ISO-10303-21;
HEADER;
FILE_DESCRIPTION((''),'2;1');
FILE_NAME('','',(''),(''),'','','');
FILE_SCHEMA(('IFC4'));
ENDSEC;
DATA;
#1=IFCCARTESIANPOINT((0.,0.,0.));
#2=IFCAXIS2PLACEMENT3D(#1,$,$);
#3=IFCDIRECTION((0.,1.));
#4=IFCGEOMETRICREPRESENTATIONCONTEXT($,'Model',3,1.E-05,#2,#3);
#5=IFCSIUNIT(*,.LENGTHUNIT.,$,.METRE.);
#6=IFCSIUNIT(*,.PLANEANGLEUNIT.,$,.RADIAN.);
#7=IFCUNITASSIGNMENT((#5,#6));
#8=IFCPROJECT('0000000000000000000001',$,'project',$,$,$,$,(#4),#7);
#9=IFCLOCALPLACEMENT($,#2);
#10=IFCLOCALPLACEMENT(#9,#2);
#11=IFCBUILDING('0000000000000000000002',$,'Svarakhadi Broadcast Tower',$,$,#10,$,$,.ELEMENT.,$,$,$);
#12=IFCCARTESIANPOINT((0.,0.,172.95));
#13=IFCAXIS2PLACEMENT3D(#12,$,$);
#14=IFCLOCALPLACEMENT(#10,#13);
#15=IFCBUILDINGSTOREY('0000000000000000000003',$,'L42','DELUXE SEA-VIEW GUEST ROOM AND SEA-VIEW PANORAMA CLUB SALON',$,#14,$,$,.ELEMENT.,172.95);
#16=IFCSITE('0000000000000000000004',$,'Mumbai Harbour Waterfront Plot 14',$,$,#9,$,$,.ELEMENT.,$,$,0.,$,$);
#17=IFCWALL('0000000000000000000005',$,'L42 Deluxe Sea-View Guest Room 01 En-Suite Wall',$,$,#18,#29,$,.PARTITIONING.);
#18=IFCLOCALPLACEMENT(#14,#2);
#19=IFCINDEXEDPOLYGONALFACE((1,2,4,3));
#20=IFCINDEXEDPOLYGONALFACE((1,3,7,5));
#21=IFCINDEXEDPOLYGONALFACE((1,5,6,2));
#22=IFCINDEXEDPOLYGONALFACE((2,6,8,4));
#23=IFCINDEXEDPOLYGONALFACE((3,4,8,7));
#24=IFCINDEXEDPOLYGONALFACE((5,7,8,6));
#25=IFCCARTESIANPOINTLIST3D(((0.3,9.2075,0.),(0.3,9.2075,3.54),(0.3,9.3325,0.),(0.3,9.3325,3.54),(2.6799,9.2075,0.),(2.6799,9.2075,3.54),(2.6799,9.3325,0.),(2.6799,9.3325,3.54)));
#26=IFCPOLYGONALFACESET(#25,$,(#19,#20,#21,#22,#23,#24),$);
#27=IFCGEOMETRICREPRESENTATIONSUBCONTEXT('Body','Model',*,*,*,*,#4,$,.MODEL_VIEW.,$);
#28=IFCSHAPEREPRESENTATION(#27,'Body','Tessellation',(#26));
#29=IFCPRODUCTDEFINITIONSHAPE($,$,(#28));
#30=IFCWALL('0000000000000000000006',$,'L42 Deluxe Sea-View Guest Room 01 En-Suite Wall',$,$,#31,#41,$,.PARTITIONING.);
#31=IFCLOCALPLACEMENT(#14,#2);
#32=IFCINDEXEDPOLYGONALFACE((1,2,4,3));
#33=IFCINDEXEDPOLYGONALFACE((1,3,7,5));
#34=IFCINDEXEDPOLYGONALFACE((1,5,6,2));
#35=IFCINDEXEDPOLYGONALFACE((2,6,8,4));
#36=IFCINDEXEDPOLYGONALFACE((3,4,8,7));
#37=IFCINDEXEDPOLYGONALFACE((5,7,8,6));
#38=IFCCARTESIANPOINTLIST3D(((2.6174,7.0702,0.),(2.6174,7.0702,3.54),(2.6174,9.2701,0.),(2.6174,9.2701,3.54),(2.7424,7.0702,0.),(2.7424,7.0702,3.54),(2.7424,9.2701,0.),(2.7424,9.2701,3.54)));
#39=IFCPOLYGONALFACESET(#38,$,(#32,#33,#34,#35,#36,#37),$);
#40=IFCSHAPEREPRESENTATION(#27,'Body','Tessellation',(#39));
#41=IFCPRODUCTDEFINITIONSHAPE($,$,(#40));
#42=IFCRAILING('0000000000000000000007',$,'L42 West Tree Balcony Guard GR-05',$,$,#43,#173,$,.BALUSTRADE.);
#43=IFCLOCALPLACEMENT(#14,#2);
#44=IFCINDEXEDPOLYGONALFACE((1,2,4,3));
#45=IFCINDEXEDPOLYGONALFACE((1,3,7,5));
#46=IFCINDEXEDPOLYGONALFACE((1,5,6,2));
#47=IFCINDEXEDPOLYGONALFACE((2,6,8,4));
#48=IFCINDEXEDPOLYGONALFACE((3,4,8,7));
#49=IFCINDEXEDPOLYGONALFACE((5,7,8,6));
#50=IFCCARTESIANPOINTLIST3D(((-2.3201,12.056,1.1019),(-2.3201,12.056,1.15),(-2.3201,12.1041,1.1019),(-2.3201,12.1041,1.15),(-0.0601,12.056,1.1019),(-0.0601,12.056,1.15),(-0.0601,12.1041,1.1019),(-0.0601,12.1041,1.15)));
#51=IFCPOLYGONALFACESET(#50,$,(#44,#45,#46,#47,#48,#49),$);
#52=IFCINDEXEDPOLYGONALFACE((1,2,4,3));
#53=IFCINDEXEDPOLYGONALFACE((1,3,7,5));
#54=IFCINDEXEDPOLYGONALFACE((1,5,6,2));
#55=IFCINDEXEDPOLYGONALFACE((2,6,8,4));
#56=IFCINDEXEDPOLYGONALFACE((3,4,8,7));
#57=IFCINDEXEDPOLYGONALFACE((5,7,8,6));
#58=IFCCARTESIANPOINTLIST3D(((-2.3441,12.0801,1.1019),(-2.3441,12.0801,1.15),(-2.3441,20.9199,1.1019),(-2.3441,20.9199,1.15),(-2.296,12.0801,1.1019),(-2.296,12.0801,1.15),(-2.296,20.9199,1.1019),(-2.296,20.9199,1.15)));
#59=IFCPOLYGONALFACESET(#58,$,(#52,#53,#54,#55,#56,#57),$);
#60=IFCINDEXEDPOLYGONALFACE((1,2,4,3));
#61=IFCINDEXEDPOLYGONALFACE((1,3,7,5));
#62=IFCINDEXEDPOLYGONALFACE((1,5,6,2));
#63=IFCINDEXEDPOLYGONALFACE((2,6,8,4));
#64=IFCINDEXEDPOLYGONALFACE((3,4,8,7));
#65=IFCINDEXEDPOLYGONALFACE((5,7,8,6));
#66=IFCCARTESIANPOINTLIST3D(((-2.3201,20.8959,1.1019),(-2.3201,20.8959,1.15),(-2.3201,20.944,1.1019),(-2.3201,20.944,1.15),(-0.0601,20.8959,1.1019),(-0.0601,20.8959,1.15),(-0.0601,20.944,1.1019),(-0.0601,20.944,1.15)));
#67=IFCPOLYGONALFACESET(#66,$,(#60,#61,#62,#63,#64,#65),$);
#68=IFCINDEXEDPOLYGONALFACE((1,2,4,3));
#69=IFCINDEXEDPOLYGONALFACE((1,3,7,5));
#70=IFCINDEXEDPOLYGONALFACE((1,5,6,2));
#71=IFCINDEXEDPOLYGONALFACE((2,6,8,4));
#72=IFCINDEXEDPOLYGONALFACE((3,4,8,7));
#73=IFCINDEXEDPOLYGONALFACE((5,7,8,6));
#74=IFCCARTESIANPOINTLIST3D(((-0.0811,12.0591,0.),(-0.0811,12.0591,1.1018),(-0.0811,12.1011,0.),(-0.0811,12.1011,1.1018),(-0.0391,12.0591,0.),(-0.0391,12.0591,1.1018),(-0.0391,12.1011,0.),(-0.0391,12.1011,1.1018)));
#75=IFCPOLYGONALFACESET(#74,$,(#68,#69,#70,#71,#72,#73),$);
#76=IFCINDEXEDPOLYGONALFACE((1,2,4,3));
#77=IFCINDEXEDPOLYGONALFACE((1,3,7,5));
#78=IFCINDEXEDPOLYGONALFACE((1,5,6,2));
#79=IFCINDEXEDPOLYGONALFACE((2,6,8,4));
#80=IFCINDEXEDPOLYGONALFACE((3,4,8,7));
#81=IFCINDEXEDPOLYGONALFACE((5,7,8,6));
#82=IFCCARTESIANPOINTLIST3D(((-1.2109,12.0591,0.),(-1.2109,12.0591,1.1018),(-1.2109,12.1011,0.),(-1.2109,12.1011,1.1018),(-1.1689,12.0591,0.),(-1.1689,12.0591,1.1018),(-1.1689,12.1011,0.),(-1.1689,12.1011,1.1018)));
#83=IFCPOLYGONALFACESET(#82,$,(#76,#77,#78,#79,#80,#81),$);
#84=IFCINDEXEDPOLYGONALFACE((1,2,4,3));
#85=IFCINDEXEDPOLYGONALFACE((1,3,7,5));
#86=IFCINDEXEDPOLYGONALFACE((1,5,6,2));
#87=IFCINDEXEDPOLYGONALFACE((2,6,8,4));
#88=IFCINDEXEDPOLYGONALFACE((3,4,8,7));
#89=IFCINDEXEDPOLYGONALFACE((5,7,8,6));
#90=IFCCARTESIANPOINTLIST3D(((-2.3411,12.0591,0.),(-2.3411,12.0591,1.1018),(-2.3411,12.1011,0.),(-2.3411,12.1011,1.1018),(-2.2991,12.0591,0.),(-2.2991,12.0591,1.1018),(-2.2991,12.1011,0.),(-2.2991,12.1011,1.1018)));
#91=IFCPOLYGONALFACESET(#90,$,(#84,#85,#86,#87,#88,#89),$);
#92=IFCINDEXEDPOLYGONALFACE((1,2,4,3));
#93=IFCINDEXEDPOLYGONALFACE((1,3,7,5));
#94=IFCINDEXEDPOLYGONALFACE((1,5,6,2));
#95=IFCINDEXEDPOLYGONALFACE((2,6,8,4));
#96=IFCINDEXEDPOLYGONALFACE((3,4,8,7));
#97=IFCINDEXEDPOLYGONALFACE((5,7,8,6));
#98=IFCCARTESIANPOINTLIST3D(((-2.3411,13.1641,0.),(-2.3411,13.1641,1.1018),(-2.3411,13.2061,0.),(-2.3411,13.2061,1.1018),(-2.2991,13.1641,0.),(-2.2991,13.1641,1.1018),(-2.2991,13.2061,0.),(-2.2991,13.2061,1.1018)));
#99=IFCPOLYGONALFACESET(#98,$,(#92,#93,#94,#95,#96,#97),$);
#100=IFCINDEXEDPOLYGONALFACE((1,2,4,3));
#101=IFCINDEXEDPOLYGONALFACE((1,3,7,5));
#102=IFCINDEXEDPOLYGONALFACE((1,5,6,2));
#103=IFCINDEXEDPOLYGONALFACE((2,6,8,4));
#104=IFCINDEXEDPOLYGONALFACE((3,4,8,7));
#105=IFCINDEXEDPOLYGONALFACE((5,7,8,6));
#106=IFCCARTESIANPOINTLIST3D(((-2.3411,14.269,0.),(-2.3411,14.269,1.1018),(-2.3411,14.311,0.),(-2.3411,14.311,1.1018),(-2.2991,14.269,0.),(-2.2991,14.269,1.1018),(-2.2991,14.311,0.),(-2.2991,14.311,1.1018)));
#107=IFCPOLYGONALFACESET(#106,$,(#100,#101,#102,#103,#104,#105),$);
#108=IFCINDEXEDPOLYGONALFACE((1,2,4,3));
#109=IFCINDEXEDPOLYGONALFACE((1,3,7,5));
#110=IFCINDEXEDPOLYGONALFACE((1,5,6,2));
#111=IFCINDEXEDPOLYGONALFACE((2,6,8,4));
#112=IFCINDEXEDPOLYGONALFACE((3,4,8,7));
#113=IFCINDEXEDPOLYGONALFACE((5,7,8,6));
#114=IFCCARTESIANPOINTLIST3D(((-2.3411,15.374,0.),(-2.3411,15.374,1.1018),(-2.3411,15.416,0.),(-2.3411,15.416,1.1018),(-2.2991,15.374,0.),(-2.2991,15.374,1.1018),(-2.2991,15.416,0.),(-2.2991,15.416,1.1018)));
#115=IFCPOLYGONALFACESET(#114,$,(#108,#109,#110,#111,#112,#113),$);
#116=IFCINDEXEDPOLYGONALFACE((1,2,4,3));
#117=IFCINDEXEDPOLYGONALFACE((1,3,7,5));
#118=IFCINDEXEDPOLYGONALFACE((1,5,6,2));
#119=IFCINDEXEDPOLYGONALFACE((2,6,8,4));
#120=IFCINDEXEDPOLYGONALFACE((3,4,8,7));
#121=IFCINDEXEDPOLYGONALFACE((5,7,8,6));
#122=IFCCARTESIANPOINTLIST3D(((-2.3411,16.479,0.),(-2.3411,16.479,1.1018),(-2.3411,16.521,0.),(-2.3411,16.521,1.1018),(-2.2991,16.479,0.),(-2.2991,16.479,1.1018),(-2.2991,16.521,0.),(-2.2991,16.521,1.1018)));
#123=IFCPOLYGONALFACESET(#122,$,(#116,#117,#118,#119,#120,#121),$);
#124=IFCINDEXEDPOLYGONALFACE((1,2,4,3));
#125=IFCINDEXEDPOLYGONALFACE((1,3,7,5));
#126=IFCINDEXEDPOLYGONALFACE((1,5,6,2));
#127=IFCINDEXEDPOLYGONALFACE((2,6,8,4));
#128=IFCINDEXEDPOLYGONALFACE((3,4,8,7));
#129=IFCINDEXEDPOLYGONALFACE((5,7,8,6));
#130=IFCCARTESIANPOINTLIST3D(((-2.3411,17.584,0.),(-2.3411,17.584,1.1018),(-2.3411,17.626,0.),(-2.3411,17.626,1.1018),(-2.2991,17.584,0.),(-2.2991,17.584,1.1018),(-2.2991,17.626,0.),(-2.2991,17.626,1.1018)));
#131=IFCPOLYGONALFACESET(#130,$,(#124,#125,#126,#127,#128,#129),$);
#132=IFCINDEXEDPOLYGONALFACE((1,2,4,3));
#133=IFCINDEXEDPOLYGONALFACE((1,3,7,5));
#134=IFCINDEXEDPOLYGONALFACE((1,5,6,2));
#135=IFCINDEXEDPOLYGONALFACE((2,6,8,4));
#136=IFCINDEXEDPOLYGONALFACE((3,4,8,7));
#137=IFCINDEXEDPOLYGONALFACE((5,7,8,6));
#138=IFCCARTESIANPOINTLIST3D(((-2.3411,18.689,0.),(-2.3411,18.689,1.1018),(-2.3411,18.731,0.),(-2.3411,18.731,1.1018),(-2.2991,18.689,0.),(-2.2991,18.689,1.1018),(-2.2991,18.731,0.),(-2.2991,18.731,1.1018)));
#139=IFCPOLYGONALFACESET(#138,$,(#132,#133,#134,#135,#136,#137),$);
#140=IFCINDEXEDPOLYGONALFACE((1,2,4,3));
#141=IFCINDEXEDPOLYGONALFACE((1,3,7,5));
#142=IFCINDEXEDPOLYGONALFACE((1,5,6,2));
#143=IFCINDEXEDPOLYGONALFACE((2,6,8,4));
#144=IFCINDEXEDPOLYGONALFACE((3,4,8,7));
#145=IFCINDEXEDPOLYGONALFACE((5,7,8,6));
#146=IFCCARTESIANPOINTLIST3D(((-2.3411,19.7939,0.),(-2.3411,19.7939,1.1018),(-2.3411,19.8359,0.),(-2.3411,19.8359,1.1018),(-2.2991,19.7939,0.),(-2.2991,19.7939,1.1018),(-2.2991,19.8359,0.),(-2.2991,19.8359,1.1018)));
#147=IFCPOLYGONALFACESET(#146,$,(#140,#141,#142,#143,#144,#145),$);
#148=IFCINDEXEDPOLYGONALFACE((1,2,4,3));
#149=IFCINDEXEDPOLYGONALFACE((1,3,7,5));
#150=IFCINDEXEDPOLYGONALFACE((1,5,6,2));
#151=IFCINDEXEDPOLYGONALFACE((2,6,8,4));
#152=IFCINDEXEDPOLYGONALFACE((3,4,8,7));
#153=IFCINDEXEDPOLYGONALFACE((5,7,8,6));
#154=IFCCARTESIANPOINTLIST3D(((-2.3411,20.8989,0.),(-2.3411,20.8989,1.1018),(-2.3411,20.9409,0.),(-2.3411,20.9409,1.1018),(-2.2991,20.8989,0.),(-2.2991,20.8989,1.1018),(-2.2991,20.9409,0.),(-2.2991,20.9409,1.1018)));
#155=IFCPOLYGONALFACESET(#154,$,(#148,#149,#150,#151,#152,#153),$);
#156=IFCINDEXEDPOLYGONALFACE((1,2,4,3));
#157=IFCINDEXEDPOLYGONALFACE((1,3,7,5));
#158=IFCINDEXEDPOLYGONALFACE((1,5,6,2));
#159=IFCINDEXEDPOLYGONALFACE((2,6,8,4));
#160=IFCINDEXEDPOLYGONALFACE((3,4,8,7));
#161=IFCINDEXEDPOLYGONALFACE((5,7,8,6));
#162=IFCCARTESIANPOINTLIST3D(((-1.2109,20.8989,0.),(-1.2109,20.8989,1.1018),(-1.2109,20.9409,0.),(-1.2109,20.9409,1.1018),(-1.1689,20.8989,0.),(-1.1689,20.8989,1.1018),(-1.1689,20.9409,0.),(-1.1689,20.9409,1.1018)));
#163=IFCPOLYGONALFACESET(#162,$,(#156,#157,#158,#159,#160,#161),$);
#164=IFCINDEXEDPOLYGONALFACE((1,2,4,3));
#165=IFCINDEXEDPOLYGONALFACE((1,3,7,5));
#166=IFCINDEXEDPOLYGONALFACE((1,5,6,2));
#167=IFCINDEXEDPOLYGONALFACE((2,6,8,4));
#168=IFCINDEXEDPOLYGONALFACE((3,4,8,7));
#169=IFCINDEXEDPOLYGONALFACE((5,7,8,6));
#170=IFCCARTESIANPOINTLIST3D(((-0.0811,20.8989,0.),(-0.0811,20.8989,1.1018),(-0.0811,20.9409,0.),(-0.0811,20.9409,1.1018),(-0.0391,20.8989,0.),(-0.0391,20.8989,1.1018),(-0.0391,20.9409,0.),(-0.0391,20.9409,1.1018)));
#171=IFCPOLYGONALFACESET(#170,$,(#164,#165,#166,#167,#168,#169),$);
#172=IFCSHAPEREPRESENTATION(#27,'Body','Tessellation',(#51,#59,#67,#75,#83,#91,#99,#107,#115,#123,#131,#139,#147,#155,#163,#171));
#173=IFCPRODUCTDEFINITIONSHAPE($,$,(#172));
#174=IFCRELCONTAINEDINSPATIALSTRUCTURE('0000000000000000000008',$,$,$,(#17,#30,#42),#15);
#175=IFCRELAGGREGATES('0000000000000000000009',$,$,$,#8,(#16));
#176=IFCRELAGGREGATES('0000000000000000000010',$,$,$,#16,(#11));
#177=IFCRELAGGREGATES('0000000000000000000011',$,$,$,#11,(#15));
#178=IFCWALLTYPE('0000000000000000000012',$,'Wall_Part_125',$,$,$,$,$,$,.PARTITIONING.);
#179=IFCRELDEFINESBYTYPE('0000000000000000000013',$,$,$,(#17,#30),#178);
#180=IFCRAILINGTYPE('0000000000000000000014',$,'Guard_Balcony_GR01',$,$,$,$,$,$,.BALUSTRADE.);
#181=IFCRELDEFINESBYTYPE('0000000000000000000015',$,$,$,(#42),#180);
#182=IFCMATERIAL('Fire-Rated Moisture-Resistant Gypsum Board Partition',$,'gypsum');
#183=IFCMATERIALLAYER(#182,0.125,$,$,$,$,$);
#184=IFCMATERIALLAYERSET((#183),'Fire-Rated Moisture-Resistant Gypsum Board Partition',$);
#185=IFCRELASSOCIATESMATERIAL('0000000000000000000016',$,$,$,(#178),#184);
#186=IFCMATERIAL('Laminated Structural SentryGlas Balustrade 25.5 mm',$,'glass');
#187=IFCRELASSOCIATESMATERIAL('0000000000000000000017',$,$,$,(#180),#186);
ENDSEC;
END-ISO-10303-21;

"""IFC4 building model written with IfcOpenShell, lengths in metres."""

from ifc_helpers import new_model, si_unit, direction, frame, frame_2d, origin, origin_2d, place, context, subcontext, project, spatial, rectangle, extrude, material, layer, layer_set, type_object, element, save


model = new_model("IFC4")

# Units and contexts
model_context = context("Model", 3, precision=1e-05, world=origin(), true_north=direction((0.0, 1.0)))
body_context = subcontext(model_context, "Body", "Model", "MODEL_VIEW")
ifc_project = project(units=[si_unit("LENGTHUNIT", "METRE"), si_unit("PLANEANGLEUNIT", "RADIAN")], contexts=[model_context])

# Site, building, storey
site_placement = place(None, origin())
site = spatial("IfcSite", under=ifc_project, at=site_placement, Name="Mumbai Harbour Waterfront Plot 14", CompositionType="ELEMENT", RefElevation=0.0)
building_placement = place(site_placement, origin())
building = spatial("IfcBuilding", under=site, at=building_placement, Name="Svarakhadi Broadcast Tower", CompositionType="ELEMENT")
storey_placement = place(building_placement, frame((0.0, 0.0, 172.95)))
storey = spatial("IfcBuildingStorey", under=building, at=storey_placement, Name="L42", Description="DELUXE SEA-VIEW GUEST ROOM AND SEA-VIEW PANORAMA CLUB SALON", CompositionType="ELEMENT", Elevation=172.95)

# Shared definitions
ifc_material_1 = material(Name="Fire-Rated Moisture-Resistant Gypsum Board Partition", Category="gypsum")
ifc_layer_1 = layer(ifc_material_1, 0.125)
ifc_layer_set_1 = layer_set([ifc_layer_1], Name="Fire-Rated Moisture-Resistant Gypsum Board Partition")
wall_type_1 = type_object("IfcWallType", Name="Wall_Part_125", PredefinedType="PARTITIONING", material=ifc_layer_set_1)

# Walls
wall_1_placement = place(storey_placement, frame((0.3, 9.27, 0.0), z_axis=(0.0, 0.0, 1.0), x_axis=(1.0, 0.0, 0.0)))
element("IfcWall", 1, at=wall_1_placement, inside=storey, type_object=wall_type_1, Name="L42 Deluxe Sea-View Guest Room 01 En-Suite Wall", PredefinedType="PARTITIONING", context=body_context, shape_type="SweptSolid", body=[
    extrude(rectangle(XDim=2.3799, YDim=0.125, at=frame_2d((1.1899, 0.0))), origin(), (0.0, 0.0, 1.0), 3.54),
])
wall_2_placement = place(storey_placement, frame((2.6799, 7.0701, 0.0), z_axis=(0.0, 0.0, 1.0), x_axis=(0.0, 1.0, 0.0)))
element("IfcWall", 2, at=wall_2_placement, inside=storey, type_object=wall_type_1, Name="L42 Deluxe Sea-View Guest Room 01 En-Suite Wall", PredefinedType="PARTITIONING", context=body_context, shape_type="SweptSolid", body=[
    extrude(rectangle(XDim=2.2, YDim=0.125, at=frame_2d((1.1001, 0.0))), origin(), (0.0, 0.0, 1.0), 3.54),
])

# Railing
ifc_material_2 = material(Name="Laminated Structural SentryGlas Balustrade 25.5 mm", Category="glass")
railing_type = type_object("IfcRailingType", Name="Guard_Balcony_GR01", PredefinedType="BALUSTRADE", material=ifc_material_2)
railing_placement = place(storey_placement, frame((-0.0601, 12.0801, 0.0)))
element("IfcRailing", 3, at=railing_placement, inside=storey, type_object=railing_type, Name="L42 West Tree Balcony Guard GR-05", PredefinedType="BALUSTRADE", context=body_context, shape_type="SweptSolid", body=[
    extrude(rectangle(XDim=0.0481, YDim=0.0481, at=origin_2d()), frame((0.0, 0.0, 1.126), z_axis=(-1.0, 0.0, 0.0), x_axis=(0.0, -1.0, 0.0)), (0.0, 0.0, 1.0), 2.26),
    extrude(rectangle(XDim=0.0481, YDim=0.0481, at=origin_2d()), frame((-2.26, 0.0, 1.126), z_axis=(0.0, 1.0, 0.0), x_axis=(-1.0, 0.0, 0.0)), (0.0, 0.0, 1.0), 8.8398),
    extrude(rectangle(XDim=0.0481, YDim=0.0481, at=origin_2d()), frame((-2.26, 8.8398, 1.126), z_axis=(1.0, 0.0, 0.0), x_axis=(0.0, 1.0, 0.0)), (0.0, 0.0, 1.0), 2.26),
    extrude(rectangle(XDim=0.042, YDim=0.042, at=origin_2d()), origin(), (0.0, 0.0, 1.0), 1.1018),
    extrude(rectangle(XDim=0.042, YDim=0.042, at=origin_2d()), frame((-1.1299, 0.0, 0.0)), (0.0, 0.0, 1.0), 1.1018),
    extrude(rectangle(XDim=0.042, YDim=0.042, at=origin_2d()), frame((-2.26, 0.0, 0.0)), (0.0, 0.0, 1.0), 1.1018),
    extrude(rectangle(XDim=0.042, YDim=0.042, at=origin_2d()), frame((-2.26, 1.105, 0.0)), (0.0, 0.0, 1.0), 1.1018),
    extrude(rectangle(XDim=0.042, YDim=0.042, at=origin_2d()), frame((-2.26, 2.21, 0.0)), (0.0, 0.0, 1.0), 1.1018),
    extrude(rectangle(XDim=0.042, YDim=0.042, at=origin_2d()), frame((-2.26, 3.3149, 0.0)), (0.0, 0.0, 1.0), 1.1018),
    extrude(rectangle(XDim=0.042, YDim=0.042, at=origin_2d()), frame((-2.26, 4.4199, 0.0)), (0.0, 0.0, 1.0), 1.1018),
    extrude(rectangle(XDim=0.042, YDim=0.042, at=origin_2d()), frame((-2.26, 5.5249, 0.0)), (0.0, 0.0, 1.0), 1.1018),
    extrude(rectangle(XDim=0.042, YDim=0.042, at=origin_2d()), frame((-2.26, 6.6299, 0.0)), (0.0, 0.0, 1.0), 1.1018),
    extrude(rectangle(XDim=0.042, YDim=0.042, at=origin_2d()), frame((-2.26, 7.7349, 0.0)), (0.0, 0.0, 1.0), 1.1018),
    extrude(rectangle(XDim=0.042, YDim=0.042, at=origin_2d()), frame((-2.26, 8.8398, 0.0)), (0.0, 0.0, 1.0), 1.1018),
    extrude(rectangle(XDim=0.042, YDim=0.042, at=origin_2d()), frame((-1.1299, 8.8398, 0.0)), (0.0, 0.0, 1.0), 1.1018),
    extrude(rectangle(XDim=0.042, YDim=0.042, at=origin_2d()), frame((0.0, 8.8398, 0.0)), (0.0, 0.0, 1.0), 1.1018),
])

save(model, "model.ifc")
